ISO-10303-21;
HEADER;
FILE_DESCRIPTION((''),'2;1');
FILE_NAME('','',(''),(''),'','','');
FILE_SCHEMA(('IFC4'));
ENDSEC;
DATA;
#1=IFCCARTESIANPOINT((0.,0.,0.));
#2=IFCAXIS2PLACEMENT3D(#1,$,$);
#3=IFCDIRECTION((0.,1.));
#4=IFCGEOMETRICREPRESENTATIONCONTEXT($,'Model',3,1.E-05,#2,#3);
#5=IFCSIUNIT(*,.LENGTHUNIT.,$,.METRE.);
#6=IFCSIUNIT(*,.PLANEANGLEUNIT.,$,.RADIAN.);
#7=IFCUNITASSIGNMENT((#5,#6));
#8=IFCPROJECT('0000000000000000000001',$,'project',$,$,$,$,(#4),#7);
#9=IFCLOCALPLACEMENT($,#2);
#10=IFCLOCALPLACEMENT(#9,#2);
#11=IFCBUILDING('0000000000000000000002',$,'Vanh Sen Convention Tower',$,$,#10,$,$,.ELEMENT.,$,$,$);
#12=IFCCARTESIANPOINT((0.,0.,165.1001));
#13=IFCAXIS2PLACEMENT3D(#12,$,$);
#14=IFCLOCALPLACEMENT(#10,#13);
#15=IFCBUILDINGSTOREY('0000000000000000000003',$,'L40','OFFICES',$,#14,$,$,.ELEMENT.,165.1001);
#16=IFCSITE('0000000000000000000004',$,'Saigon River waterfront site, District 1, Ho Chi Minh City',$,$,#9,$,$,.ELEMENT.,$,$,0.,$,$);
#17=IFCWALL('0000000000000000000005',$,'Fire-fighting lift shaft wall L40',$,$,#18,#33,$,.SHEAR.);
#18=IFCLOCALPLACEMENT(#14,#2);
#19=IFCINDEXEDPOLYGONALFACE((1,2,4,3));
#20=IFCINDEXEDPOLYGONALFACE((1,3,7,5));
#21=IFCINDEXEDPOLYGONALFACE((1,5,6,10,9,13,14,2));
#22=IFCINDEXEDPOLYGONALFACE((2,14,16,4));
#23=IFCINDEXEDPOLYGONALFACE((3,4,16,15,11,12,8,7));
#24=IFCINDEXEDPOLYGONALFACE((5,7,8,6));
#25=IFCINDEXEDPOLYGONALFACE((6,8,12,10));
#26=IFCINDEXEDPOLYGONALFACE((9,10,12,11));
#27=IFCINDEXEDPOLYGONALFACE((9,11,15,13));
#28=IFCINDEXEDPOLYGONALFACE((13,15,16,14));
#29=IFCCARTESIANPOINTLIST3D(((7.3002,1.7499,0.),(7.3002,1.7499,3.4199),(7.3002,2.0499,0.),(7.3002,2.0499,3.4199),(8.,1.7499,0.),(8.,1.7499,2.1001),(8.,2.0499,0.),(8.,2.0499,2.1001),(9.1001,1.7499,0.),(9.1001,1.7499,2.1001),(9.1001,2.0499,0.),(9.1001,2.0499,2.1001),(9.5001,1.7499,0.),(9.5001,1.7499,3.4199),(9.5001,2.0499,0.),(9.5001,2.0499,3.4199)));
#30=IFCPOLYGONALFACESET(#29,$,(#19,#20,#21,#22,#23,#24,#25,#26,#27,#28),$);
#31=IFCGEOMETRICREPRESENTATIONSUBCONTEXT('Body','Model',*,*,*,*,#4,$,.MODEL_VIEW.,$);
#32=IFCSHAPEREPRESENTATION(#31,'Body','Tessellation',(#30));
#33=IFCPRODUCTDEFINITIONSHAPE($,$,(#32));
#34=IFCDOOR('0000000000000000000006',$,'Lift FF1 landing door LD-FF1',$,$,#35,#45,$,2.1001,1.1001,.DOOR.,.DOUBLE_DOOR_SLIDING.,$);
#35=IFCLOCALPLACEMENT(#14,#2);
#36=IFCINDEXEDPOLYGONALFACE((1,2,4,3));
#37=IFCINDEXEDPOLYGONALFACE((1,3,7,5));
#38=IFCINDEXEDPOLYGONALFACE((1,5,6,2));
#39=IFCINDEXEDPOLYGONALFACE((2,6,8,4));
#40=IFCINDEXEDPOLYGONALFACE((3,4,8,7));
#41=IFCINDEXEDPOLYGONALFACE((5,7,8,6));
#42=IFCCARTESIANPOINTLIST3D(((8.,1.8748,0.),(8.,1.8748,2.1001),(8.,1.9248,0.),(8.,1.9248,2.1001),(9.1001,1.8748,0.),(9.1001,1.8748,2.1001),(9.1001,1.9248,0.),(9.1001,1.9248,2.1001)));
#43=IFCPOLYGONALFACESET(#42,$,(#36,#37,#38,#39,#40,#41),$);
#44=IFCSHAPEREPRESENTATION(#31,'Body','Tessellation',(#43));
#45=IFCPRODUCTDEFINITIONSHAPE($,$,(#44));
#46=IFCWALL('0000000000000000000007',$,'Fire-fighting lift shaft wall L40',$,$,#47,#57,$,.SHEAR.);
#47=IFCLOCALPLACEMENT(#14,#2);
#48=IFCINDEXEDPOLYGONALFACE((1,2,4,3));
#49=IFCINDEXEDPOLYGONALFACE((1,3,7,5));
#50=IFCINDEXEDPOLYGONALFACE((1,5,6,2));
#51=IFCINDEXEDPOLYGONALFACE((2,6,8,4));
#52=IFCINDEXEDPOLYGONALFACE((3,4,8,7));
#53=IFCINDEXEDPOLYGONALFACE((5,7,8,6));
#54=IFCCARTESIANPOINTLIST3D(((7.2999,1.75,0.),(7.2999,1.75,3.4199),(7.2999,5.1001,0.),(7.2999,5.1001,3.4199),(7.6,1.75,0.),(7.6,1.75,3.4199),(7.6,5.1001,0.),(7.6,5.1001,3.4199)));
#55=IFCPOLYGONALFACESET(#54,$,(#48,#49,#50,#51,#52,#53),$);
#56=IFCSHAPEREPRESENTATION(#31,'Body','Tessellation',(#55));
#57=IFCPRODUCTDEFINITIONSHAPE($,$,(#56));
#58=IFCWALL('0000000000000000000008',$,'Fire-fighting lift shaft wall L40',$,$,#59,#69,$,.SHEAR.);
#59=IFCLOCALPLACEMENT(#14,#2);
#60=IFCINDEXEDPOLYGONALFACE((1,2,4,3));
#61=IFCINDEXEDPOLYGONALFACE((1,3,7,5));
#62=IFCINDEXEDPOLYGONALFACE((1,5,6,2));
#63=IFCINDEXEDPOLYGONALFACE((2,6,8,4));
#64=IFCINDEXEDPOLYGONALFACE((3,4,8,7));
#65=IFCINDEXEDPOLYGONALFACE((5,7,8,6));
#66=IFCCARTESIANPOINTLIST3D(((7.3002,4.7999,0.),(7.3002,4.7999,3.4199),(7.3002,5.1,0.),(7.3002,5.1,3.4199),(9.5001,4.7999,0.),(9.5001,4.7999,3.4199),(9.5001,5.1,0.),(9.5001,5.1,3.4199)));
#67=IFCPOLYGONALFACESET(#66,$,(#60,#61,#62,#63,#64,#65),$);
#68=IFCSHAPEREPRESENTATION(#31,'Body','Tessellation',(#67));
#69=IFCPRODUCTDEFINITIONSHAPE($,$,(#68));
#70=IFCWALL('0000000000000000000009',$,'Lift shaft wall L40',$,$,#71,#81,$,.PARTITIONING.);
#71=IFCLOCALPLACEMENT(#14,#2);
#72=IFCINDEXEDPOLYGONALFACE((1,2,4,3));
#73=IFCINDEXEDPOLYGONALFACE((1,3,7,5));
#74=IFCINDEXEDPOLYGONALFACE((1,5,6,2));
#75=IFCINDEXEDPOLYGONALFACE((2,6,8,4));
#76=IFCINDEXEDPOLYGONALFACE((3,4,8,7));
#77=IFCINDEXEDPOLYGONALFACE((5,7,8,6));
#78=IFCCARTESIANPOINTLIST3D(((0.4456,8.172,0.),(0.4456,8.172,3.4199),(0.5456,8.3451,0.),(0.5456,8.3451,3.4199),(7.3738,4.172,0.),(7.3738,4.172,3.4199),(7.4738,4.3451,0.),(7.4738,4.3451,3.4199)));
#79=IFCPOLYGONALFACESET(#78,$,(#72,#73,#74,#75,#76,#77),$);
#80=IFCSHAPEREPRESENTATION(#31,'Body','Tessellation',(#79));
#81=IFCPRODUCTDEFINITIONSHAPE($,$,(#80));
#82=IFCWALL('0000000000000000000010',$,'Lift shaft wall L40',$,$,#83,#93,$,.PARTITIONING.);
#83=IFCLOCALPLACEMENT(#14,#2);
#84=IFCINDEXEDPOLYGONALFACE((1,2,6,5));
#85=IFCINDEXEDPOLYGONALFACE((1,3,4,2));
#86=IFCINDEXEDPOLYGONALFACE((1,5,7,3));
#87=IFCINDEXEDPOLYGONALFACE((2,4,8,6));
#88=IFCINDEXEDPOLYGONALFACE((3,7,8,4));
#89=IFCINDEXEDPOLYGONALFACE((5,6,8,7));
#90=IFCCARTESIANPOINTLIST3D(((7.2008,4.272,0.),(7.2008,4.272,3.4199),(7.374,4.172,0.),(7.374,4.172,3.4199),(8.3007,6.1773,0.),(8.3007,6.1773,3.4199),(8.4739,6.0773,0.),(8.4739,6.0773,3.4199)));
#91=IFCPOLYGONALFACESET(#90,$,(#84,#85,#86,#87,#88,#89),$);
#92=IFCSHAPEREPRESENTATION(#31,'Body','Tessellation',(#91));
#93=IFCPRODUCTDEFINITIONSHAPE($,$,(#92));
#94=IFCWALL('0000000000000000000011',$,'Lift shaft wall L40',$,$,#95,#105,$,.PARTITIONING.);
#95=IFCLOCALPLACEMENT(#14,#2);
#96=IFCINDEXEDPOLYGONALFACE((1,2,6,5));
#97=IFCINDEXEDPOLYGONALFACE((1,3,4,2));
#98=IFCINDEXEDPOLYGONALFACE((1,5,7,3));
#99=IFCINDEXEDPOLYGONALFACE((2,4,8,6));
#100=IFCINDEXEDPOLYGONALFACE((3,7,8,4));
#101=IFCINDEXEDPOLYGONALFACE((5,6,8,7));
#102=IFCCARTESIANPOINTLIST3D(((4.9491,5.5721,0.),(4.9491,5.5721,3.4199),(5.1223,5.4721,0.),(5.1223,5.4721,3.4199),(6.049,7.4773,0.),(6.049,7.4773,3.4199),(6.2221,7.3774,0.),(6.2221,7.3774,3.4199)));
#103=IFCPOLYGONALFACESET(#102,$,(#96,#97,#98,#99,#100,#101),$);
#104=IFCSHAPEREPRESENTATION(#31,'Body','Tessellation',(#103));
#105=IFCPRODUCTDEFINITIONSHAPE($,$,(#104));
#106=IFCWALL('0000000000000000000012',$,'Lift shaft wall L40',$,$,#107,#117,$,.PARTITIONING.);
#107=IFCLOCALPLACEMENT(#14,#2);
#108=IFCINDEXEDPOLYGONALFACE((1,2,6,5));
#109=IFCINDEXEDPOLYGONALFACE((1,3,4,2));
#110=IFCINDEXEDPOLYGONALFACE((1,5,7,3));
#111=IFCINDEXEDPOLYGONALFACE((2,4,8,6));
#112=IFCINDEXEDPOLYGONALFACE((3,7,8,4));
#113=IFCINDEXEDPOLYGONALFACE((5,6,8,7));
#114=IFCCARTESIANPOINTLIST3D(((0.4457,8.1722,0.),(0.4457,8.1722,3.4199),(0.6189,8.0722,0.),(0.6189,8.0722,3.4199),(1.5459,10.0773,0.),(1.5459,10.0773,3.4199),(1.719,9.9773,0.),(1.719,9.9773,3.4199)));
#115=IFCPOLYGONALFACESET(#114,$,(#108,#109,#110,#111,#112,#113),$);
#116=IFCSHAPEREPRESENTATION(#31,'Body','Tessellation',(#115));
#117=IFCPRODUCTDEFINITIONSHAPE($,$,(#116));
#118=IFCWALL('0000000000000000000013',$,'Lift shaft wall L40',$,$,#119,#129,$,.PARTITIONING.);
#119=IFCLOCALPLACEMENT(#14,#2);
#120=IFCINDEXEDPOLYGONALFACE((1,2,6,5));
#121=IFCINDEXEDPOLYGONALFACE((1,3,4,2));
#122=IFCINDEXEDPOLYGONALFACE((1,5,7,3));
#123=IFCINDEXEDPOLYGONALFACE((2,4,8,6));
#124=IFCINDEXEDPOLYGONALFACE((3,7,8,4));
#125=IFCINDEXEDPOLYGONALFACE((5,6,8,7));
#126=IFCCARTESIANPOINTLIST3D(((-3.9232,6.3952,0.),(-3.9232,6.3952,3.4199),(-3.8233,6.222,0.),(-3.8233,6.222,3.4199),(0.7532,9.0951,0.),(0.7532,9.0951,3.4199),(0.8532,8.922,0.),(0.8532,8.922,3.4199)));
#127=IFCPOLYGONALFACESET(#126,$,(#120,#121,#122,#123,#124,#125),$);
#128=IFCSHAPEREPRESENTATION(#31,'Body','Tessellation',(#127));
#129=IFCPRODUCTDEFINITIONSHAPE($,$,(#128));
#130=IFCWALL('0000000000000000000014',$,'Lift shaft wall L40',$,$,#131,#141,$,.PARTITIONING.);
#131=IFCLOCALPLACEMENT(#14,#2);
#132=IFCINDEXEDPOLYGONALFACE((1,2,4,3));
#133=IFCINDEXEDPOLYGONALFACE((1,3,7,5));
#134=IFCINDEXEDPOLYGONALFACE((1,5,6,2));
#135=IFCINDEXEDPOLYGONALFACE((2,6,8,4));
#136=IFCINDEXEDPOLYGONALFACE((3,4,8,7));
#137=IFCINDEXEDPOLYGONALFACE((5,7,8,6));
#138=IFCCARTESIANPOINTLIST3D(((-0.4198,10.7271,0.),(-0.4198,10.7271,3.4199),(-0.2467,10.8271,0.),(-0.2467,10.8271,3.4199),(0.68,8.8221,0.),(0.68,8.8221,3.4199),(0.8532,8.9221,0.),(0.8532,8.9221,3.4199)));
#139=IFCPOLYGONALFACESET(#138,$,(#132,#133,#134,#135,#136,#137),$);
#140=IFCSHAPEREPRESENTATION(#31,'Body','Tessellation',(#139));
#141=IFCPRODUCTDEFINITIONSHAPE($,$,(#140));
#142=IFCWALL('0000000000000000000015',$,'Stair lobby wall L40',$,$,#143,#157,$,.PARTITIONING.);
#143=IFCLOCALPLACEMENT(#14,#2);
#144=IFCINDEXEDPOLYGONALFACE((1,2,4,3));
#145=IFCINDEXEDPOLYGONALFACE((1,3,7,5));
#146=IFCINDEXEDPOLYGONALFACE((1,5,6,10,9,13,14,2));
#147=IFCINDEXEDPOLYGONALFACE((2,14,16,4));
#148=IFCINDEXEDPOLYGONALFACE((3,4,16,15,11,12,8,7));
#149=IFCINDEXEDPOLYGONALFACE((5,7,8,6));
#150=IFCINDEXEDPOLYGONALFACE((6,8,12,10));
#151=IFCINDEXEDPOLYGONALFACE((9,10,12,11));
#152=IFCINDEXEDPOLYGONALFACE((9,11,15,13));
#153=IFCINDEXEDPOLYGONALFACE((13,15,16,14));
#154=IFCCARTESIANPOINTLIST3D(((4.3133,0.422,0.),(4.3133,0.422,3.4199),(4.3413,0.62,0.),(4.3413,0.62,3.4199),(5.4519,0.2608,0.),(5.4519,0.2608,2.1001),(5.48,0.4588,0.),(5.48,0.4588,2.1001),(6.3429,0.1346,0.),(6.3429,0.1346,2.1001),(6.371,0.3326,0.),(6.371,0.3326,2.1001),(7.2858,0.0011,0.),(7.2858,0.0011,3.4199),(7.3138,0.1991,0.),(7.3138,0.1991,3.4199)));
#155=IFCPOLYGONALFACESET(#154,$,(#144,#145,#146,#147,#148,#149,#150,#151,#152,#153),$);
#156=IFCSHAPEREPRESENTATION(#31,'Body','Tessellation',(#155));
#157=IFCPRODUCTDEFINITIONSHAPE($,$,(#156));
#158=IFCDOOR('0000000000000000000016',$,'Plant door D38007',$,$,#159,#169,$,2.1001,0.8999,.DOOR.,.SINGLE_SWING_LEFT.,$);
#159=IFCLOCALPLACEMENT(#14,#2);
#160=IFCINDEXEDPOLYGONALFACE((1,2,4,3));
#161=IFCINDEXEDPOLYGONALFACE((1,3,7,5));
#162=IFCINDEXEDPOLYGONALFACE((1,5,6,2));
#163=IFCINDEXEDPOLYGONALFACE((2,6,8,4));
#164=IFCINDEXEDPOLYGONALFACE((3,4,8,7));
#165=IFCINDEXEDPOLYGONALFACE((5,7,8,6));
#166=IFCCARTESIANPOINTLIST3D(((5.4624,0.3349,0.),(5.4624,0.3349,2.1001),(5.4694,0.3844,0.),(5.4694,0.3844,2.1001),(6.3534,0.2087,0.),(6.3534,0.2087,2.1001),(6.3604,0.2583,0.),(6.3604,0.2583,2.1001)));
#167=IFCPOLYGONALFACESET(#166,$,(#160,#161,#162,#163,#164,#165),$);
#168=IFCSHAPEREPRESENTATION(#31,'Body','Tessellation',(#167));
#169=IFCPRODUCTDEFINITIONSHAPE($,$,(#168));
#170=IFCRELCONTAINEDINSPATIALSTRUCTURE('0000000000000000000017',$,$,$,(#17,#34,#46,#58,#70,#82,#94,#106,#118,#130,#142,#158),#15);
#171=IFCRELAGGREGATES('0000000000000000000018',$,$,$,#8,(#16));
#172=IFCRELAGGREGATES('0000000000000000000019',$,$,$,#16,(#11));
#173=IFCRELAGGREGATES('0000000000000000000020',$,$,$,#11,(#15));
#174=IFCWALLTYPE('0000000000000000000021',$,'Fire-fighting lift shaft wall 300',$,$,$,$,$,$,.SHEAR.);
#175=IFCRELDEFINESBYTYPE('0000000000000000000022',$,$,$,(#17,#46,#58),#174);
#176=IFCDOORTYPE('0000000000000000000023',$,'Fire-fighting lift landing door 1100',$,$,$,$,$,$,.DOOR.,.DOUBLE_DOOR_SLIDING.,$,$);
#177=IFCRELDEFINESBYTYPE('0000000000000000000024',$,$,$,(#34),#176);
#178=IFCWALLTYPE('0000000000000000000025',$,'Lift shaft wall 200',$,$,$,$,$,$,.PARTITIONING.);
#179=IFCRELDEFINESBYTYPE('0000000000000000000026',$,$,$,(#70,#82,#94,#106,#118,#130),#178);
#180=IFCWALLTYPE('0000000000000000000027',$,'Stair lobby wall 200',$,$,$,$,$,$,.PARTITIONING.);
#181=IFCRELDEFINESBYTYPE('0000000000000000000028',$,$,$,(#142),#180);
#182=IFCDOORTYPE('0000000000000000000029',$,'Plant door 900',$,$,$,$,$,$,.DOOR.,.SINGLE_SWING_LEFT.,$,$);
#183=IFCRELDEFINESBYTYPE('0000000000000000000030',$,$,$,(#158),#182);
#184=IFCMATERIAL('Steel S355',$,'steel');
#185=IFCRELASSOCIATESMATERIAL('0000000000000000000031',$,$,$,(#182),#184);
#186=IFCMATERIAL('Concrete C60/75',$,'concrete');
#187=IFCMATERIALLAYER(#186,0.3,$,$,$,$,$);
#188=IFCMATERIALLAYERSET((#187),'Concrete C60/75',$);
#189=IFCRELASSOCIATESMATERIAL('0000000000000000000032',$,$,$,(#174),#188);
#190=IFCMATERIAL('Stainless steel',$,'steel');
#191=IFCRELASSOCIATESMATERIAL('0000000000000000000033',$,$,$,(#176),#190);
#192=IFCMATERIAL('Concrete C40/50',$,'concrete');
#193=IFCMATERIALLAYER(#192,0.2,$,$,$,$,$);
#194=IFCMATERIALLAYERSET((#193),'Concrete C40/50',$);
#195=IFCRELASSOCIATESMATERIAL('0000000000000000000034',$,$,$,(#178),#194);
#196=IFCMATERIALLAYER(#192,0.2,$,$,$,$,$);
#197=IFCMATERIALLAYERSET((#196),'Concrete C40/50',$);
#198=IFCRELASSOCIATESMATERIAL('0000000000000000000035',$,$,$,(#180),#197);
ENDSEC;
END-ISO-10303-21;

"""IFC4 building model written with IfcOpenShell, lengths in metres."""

from ifc_helpers import new_model, si_unit, direction, frame, frame_2d, origin, place, context, subcontext, project, spatial, rectangle, extrude, material, layer, layer_set, type_object, element, fill, save


model = new_model("IFC4")

# Units and contexts
model_context = context("Model", 3, precision=1e-05, world=origin(), true_north=direction((0.0, 1.0)))
body_context = subcontext(model_context, "Body", "Model", "MODEL_VIEW")
ifc_project = project(units=[si_unit("LENGTHUNIT", "METRE"), si_unit("PLANEANGLEUNIT", "RADIAN")], contexts=[model_context])

# Site, building, storey
site_placement = place(None, origin())
site = spatial("IfcSite", under=ifc_project, at=site_placement, Name="Saigon River waterfront site, District 1, Ho Chi Minh City", CompositionType="ELEMENT", RefElevation=0.0)
building_placement = place(site_placement, origin())
building = spatial("IfcBuilding", under=site, at=building_placement, Name="Vanh Sen Convention Tower", CompositionType="ELEMENT")
storey_placement = place(building_placement, frame((0.0, 0.0, 165.1001)))
storey = spatial("IfcBuildingStorey", under=building, at=storey_placement, Name="L40", Description="OFFICES", CompositionType="ELEMENT", Elevation=165.1001)

# Shared definitions
ifc_material_1 = material(Name="Steel S355", Category="steel")
door_type_1 = type_object("IfcDoorType", Name="Plant door 900", OperationType="SINGLE_SWING_LEFT", PredefinedType="DOOR", material=ifc_material_1)

# Wall, opening, door
ifc_material_2 = material(Name="Concrete C60/75", Category="concrete")
ifc_layer_1 = layer(ifc_material_2, 0.3)
ifc_layer_set_1 = layer_set([ifc_layer_1], Name="Concrete C60/75")
wall_type_1 = type_object("IfcWallType", Name="Fire-fighting lift shaft wall 300", PredefinedType="SHEAR", material=ifc_layer_set_1)
wall_1_placement = place(storey_placement, frame((7.3, 1.8999, 0.0), z_axis=(0.0, 0.0, 1.0), x_axis=(1.0, 0.0, 0.0)))
wall_1 = element("IfcWall", 1, at=wall_1_placement, inside=storey, type_object=wall_type_1, Name="Fire-fighting lift shaft wall L40", PredefinedType="SHEAR", context=body_context, shape_type="SweptSolid", body=[
    extrude(rectangle(XDim=2.2, YDim=0.3, at=frame_2d((1.1001, 0.0))), origin(), (0.0, 0.0, 1.0), 3.4199),
])
opening_1_placement = place(wall_1_placement, frame((0.7, 0.0, 0.0)))
opening_1 = element("IfcOpeningElement", 2, at=opening_1_placement, cuts=wall_1, PredefinedType="OPENING", context=body_context, shape_type="SweptSolid", body=[
    extrude(rectangle(XDim=1.1001, YDim=2.1001, at=frame_2d((0.55, 1.05))), frame((0.0, 0.1599, 0.0), z_axis=(0.0, -1.0, 0.0), x_axis=(1.0, 0.0, 0.0)), (0.0, 0.0, 1.0), 0.3201),
])
ifc_material_3 = material(Name="Stainless steel", Category="steel")
door_type_2 = type_object("IfcDoorType", Name="Fire-fighting lift landing door 1100", OperationType="DOUBLE_DOOR_SLIDING", PredefinedType="DOOR", material=ifc_material_3)
door_1_placement = place(opening_1_placement, origin())
door_1 = element("IfcDoor", 3, at=door_1_placement, inside=storey, type_object=door_type_2, Name="Lift FF1 landing door LD-FF1", OperationType="DOUBLE_DOOR_SLIDING", OverallHeight=2.1001, OverallWidth=1.1001, PredefinedType="DOOR", context=body_context, shape_type="SweptSolid", body=[
    extrude(rectangle(XDim=1.1001, YDim=2.1001, at=frame_2d((0.55, 1.05))), frame((0.0, 0.0249, 0.0), z_axis=(0.0, -1.0, 0.0), x_axis=(1.0, 0.0, 0.0)), (0.0, 0.0, 1.0), 0.05),
])
fill(opening_1, door_1)

# Walls
wall_2_placement = place(storey_placement, frame((7.45, 1.75, 0.0), z_axis=(0.0, 0.0, 1.0), x_axis=(0.0, 1.0, 0.0)))
element("IfcWall", 4, at=wall_2_placement, inside=storey, type_object=wall_type_1, Name="Fire-fighting lift shaft wall L40", PredefinedType="SHEAR", context=body_context, shape_type="SweptSolid", body=[
    extrude(rectangle(XDim=3.3501, YDim=0.3, at=frame_2d((1.675, 0.0))), origin(), (0.0, 0.0, 1.0), 3.4199),
])
wall_3_placement = place(storey_placement, frame((7.3, 4.95, 0.0), z_axis=(0.0, 0.0, 1.0), x_axis=(1.0, 0.0, 0.0)))
element("IfcWall", 5, at=wall_3_placement, inside=storey, type_object=wall_type_1, Name="Fire-fighting lift shaft wall L40", PredefinedType="SHEAR", context=body_context, shape_type="SweptSolid", body=[
    extrude(rectangle(XDim=2.2, YDim=0.3, at=frame_2d((1.1001, 0.0))), origin(), (0.0, 0.0, 1.0), 3.4199),
])
ifc_material_4 = material(Name="Concrete C40/50", Category="concrete")
ifc_layer_2 = layer(ifc_material_4, 0.2)
ifc_layer_set_2 = layer_set([ifc_layer_2], Name="Concrete C40/50")
wall_type_2 = type_object("IfcWallType", Name="Lift shaft wall 200", PredefinedType="PARTITIONING", material=ifc_layer_set_2)
wall_4_placement = place(storey_placement, frame((7.4238, 4.2585, 0.0), z_axis=(0.0, 0.0, 1.0), x_axis=(-0.866026, 0.499999, 0.0)))
element("IfcWall", 6, at=wall_4_placement, inside=storey, type_object=wall_type_2, Name="Lift shaft wall L40", PredefinedType="PARTITIONING", context=body_context, shape_type="SweptSolid", body=[
    extrude(rectangle(XDim=8.0, YDim=0.2, at=frame_2d((4.0, 0.0))), origin(), (0.0, 0.0, 1.0), 3.4199),
])
for number, where, z_axis, x_axis, name in (
    (7, (7.2874, 4.2219, 0.0), (0.0, 0.0, 1.0), (0.499947, 0.866056, 0.0), "Lift shaft wall L40"),
    (8, (5.0356, 5.522, 0.0), (0.0, 0.0, 1.0), (0.499947, 0.866056, 0.0), "Lift shaft wall L40"),
    (9, (0.5322, 8.1221, 0.0), (0.0, 0.0, 1.0), (0.500078, 0.86598, 0.0), "Lift shaft wall L40"),
):
    element("IfcWall", number, at=place(storey_placement, frame(where, z_axis=z_axis, x_axis=x_axis)), inside=storey, type_object=wall_type_2, Name=name, PredefinedType="PARTITIONING", context=body_context, shape_type="SweptSolid", body=[
        extrude(rectangle(XDim=2.2, YDim=0.2, at=frame_2d((1.1001, 0.0))), origin(), (0.0, 0.0, 1.0), 3.4199),
    ])
wall_5_placement = place(storey_placement, frame((0.8032, 9.0085, 0.0), z_axis=(0.0, 0.0, 1.0), x_axis=(-0.866028, -0.499995, 0.0)))
element("IfcWall", 10, at=wall_5_placement, inside=storey, type_object=wall_type_2, Name="Lift shaft wall L40", PredefinedType="PARTITIONING", context=body_context, shape_type="SweptSolid", body=[
    extrude(rectangle(XDim=5.3999, YDim=0.2, at=frame_2d((2.7, 0.0))), origin(), (0.0, 0.0, 1.0), 3.4199),
])
wall_6_placement = place(storey_placement, frame((0.7666, 8.8721, 0.0), z_axis=(0.0, 0.0, 1.0), x_axis=(-0.499995, 0.866028, 0.0)))
element("IfcWall", 11, at=wall_6_placement, inside=storey, type_object=wall_type_2, Name="Lift shaft wall L40", PredefinedType="PARTITIONING", context=body_context, shape_type="SweptSolid", body=[
    extrude(rectangle(XDim=2.1997, YDim=0.2, at=frame_2d((1.0999, 0.0))), origin(), (0.0, 0.0, 1.0), 3.4199),
])

# Wall, opening, door
ifc_layer_3 = layer(ifc_material_4, 0.2)
ifc_layer_set_3 = layer_set([ifc_layer_3], Name="Concrete C40/50")
wall_type_3 = type_object("IfcWallType", Name="Stair lobby wall 200", PredefinedType="PARTITIONING", material=ifc_layer_set_3)
wall_7_placement = place(storey_placement, frame((4.3274, 0.521, 0.0), z_axis=(0.0, 0.0, 1.0), x_axis=(0.990124, -0.140192, 0.0)))
wall_7 = element("IfcWall", 12, at=wall_7_placement, inside=storey, type_object=wall_type_3, Name="Stair lobby wall L40", PredefinedType="PARTITIONING", context=body_context, shape_type="SweptSolid", body=[
    extrude(rectangle(XDim=3.0022, YDim=0.2, at=frame_2d((1.501, 0.0))), origin(), (0.0, 0.0, 1.0), 3.4199),
])
opening_2_placement = place(wall_7_placement, frame((1.1499, 0.0, 0.0)))
opening_2 = element("IfcOpeningElement", 13, at=opening_2_placement, cuts=wall_7, PredefinedType="OPENING", context=body_context, shape_type="SweptSolid", body=[
    extrude(rectangle(XDim=0.8999, YDim=2.1001, at=frame_2d((0.45, 1.05))), frame((0.0, 0.1099, 0.0), z_axis=(0.0, -1.0, 0.0), x_axis=(1.0, 0.0, 0.0)), (0.0, 0.0, 1.0), 0.22),
])
door_2_placement = place(opening_2_placement, origin())
door_2 = element("IfcDoor", 14, at=door_2_placement, inside=storey, type_object=door_type_1, Name="Plant door D38007", OperationType="SINGLE_SWING_LEFT", OverallHeight=2.1001, OverallWidth=0.8999, PredefinedType="DOOR", context=body_context, shape_type="SweptSolid", body=[
    extrude(rectangle(XDim=0.8999, YDim=2.1001, at=frame_2d((0.45, 1.05))), frame((0.0, 0.0249, 0.0), z_axis=(0.0, -1.0, 0.0), x_axis=(1.0, 0.0, 0.0)), (0.0, 0.0, 1.0), 0.05),
])
fill(opening_2, door_2)

save(model, "model.ifc")
